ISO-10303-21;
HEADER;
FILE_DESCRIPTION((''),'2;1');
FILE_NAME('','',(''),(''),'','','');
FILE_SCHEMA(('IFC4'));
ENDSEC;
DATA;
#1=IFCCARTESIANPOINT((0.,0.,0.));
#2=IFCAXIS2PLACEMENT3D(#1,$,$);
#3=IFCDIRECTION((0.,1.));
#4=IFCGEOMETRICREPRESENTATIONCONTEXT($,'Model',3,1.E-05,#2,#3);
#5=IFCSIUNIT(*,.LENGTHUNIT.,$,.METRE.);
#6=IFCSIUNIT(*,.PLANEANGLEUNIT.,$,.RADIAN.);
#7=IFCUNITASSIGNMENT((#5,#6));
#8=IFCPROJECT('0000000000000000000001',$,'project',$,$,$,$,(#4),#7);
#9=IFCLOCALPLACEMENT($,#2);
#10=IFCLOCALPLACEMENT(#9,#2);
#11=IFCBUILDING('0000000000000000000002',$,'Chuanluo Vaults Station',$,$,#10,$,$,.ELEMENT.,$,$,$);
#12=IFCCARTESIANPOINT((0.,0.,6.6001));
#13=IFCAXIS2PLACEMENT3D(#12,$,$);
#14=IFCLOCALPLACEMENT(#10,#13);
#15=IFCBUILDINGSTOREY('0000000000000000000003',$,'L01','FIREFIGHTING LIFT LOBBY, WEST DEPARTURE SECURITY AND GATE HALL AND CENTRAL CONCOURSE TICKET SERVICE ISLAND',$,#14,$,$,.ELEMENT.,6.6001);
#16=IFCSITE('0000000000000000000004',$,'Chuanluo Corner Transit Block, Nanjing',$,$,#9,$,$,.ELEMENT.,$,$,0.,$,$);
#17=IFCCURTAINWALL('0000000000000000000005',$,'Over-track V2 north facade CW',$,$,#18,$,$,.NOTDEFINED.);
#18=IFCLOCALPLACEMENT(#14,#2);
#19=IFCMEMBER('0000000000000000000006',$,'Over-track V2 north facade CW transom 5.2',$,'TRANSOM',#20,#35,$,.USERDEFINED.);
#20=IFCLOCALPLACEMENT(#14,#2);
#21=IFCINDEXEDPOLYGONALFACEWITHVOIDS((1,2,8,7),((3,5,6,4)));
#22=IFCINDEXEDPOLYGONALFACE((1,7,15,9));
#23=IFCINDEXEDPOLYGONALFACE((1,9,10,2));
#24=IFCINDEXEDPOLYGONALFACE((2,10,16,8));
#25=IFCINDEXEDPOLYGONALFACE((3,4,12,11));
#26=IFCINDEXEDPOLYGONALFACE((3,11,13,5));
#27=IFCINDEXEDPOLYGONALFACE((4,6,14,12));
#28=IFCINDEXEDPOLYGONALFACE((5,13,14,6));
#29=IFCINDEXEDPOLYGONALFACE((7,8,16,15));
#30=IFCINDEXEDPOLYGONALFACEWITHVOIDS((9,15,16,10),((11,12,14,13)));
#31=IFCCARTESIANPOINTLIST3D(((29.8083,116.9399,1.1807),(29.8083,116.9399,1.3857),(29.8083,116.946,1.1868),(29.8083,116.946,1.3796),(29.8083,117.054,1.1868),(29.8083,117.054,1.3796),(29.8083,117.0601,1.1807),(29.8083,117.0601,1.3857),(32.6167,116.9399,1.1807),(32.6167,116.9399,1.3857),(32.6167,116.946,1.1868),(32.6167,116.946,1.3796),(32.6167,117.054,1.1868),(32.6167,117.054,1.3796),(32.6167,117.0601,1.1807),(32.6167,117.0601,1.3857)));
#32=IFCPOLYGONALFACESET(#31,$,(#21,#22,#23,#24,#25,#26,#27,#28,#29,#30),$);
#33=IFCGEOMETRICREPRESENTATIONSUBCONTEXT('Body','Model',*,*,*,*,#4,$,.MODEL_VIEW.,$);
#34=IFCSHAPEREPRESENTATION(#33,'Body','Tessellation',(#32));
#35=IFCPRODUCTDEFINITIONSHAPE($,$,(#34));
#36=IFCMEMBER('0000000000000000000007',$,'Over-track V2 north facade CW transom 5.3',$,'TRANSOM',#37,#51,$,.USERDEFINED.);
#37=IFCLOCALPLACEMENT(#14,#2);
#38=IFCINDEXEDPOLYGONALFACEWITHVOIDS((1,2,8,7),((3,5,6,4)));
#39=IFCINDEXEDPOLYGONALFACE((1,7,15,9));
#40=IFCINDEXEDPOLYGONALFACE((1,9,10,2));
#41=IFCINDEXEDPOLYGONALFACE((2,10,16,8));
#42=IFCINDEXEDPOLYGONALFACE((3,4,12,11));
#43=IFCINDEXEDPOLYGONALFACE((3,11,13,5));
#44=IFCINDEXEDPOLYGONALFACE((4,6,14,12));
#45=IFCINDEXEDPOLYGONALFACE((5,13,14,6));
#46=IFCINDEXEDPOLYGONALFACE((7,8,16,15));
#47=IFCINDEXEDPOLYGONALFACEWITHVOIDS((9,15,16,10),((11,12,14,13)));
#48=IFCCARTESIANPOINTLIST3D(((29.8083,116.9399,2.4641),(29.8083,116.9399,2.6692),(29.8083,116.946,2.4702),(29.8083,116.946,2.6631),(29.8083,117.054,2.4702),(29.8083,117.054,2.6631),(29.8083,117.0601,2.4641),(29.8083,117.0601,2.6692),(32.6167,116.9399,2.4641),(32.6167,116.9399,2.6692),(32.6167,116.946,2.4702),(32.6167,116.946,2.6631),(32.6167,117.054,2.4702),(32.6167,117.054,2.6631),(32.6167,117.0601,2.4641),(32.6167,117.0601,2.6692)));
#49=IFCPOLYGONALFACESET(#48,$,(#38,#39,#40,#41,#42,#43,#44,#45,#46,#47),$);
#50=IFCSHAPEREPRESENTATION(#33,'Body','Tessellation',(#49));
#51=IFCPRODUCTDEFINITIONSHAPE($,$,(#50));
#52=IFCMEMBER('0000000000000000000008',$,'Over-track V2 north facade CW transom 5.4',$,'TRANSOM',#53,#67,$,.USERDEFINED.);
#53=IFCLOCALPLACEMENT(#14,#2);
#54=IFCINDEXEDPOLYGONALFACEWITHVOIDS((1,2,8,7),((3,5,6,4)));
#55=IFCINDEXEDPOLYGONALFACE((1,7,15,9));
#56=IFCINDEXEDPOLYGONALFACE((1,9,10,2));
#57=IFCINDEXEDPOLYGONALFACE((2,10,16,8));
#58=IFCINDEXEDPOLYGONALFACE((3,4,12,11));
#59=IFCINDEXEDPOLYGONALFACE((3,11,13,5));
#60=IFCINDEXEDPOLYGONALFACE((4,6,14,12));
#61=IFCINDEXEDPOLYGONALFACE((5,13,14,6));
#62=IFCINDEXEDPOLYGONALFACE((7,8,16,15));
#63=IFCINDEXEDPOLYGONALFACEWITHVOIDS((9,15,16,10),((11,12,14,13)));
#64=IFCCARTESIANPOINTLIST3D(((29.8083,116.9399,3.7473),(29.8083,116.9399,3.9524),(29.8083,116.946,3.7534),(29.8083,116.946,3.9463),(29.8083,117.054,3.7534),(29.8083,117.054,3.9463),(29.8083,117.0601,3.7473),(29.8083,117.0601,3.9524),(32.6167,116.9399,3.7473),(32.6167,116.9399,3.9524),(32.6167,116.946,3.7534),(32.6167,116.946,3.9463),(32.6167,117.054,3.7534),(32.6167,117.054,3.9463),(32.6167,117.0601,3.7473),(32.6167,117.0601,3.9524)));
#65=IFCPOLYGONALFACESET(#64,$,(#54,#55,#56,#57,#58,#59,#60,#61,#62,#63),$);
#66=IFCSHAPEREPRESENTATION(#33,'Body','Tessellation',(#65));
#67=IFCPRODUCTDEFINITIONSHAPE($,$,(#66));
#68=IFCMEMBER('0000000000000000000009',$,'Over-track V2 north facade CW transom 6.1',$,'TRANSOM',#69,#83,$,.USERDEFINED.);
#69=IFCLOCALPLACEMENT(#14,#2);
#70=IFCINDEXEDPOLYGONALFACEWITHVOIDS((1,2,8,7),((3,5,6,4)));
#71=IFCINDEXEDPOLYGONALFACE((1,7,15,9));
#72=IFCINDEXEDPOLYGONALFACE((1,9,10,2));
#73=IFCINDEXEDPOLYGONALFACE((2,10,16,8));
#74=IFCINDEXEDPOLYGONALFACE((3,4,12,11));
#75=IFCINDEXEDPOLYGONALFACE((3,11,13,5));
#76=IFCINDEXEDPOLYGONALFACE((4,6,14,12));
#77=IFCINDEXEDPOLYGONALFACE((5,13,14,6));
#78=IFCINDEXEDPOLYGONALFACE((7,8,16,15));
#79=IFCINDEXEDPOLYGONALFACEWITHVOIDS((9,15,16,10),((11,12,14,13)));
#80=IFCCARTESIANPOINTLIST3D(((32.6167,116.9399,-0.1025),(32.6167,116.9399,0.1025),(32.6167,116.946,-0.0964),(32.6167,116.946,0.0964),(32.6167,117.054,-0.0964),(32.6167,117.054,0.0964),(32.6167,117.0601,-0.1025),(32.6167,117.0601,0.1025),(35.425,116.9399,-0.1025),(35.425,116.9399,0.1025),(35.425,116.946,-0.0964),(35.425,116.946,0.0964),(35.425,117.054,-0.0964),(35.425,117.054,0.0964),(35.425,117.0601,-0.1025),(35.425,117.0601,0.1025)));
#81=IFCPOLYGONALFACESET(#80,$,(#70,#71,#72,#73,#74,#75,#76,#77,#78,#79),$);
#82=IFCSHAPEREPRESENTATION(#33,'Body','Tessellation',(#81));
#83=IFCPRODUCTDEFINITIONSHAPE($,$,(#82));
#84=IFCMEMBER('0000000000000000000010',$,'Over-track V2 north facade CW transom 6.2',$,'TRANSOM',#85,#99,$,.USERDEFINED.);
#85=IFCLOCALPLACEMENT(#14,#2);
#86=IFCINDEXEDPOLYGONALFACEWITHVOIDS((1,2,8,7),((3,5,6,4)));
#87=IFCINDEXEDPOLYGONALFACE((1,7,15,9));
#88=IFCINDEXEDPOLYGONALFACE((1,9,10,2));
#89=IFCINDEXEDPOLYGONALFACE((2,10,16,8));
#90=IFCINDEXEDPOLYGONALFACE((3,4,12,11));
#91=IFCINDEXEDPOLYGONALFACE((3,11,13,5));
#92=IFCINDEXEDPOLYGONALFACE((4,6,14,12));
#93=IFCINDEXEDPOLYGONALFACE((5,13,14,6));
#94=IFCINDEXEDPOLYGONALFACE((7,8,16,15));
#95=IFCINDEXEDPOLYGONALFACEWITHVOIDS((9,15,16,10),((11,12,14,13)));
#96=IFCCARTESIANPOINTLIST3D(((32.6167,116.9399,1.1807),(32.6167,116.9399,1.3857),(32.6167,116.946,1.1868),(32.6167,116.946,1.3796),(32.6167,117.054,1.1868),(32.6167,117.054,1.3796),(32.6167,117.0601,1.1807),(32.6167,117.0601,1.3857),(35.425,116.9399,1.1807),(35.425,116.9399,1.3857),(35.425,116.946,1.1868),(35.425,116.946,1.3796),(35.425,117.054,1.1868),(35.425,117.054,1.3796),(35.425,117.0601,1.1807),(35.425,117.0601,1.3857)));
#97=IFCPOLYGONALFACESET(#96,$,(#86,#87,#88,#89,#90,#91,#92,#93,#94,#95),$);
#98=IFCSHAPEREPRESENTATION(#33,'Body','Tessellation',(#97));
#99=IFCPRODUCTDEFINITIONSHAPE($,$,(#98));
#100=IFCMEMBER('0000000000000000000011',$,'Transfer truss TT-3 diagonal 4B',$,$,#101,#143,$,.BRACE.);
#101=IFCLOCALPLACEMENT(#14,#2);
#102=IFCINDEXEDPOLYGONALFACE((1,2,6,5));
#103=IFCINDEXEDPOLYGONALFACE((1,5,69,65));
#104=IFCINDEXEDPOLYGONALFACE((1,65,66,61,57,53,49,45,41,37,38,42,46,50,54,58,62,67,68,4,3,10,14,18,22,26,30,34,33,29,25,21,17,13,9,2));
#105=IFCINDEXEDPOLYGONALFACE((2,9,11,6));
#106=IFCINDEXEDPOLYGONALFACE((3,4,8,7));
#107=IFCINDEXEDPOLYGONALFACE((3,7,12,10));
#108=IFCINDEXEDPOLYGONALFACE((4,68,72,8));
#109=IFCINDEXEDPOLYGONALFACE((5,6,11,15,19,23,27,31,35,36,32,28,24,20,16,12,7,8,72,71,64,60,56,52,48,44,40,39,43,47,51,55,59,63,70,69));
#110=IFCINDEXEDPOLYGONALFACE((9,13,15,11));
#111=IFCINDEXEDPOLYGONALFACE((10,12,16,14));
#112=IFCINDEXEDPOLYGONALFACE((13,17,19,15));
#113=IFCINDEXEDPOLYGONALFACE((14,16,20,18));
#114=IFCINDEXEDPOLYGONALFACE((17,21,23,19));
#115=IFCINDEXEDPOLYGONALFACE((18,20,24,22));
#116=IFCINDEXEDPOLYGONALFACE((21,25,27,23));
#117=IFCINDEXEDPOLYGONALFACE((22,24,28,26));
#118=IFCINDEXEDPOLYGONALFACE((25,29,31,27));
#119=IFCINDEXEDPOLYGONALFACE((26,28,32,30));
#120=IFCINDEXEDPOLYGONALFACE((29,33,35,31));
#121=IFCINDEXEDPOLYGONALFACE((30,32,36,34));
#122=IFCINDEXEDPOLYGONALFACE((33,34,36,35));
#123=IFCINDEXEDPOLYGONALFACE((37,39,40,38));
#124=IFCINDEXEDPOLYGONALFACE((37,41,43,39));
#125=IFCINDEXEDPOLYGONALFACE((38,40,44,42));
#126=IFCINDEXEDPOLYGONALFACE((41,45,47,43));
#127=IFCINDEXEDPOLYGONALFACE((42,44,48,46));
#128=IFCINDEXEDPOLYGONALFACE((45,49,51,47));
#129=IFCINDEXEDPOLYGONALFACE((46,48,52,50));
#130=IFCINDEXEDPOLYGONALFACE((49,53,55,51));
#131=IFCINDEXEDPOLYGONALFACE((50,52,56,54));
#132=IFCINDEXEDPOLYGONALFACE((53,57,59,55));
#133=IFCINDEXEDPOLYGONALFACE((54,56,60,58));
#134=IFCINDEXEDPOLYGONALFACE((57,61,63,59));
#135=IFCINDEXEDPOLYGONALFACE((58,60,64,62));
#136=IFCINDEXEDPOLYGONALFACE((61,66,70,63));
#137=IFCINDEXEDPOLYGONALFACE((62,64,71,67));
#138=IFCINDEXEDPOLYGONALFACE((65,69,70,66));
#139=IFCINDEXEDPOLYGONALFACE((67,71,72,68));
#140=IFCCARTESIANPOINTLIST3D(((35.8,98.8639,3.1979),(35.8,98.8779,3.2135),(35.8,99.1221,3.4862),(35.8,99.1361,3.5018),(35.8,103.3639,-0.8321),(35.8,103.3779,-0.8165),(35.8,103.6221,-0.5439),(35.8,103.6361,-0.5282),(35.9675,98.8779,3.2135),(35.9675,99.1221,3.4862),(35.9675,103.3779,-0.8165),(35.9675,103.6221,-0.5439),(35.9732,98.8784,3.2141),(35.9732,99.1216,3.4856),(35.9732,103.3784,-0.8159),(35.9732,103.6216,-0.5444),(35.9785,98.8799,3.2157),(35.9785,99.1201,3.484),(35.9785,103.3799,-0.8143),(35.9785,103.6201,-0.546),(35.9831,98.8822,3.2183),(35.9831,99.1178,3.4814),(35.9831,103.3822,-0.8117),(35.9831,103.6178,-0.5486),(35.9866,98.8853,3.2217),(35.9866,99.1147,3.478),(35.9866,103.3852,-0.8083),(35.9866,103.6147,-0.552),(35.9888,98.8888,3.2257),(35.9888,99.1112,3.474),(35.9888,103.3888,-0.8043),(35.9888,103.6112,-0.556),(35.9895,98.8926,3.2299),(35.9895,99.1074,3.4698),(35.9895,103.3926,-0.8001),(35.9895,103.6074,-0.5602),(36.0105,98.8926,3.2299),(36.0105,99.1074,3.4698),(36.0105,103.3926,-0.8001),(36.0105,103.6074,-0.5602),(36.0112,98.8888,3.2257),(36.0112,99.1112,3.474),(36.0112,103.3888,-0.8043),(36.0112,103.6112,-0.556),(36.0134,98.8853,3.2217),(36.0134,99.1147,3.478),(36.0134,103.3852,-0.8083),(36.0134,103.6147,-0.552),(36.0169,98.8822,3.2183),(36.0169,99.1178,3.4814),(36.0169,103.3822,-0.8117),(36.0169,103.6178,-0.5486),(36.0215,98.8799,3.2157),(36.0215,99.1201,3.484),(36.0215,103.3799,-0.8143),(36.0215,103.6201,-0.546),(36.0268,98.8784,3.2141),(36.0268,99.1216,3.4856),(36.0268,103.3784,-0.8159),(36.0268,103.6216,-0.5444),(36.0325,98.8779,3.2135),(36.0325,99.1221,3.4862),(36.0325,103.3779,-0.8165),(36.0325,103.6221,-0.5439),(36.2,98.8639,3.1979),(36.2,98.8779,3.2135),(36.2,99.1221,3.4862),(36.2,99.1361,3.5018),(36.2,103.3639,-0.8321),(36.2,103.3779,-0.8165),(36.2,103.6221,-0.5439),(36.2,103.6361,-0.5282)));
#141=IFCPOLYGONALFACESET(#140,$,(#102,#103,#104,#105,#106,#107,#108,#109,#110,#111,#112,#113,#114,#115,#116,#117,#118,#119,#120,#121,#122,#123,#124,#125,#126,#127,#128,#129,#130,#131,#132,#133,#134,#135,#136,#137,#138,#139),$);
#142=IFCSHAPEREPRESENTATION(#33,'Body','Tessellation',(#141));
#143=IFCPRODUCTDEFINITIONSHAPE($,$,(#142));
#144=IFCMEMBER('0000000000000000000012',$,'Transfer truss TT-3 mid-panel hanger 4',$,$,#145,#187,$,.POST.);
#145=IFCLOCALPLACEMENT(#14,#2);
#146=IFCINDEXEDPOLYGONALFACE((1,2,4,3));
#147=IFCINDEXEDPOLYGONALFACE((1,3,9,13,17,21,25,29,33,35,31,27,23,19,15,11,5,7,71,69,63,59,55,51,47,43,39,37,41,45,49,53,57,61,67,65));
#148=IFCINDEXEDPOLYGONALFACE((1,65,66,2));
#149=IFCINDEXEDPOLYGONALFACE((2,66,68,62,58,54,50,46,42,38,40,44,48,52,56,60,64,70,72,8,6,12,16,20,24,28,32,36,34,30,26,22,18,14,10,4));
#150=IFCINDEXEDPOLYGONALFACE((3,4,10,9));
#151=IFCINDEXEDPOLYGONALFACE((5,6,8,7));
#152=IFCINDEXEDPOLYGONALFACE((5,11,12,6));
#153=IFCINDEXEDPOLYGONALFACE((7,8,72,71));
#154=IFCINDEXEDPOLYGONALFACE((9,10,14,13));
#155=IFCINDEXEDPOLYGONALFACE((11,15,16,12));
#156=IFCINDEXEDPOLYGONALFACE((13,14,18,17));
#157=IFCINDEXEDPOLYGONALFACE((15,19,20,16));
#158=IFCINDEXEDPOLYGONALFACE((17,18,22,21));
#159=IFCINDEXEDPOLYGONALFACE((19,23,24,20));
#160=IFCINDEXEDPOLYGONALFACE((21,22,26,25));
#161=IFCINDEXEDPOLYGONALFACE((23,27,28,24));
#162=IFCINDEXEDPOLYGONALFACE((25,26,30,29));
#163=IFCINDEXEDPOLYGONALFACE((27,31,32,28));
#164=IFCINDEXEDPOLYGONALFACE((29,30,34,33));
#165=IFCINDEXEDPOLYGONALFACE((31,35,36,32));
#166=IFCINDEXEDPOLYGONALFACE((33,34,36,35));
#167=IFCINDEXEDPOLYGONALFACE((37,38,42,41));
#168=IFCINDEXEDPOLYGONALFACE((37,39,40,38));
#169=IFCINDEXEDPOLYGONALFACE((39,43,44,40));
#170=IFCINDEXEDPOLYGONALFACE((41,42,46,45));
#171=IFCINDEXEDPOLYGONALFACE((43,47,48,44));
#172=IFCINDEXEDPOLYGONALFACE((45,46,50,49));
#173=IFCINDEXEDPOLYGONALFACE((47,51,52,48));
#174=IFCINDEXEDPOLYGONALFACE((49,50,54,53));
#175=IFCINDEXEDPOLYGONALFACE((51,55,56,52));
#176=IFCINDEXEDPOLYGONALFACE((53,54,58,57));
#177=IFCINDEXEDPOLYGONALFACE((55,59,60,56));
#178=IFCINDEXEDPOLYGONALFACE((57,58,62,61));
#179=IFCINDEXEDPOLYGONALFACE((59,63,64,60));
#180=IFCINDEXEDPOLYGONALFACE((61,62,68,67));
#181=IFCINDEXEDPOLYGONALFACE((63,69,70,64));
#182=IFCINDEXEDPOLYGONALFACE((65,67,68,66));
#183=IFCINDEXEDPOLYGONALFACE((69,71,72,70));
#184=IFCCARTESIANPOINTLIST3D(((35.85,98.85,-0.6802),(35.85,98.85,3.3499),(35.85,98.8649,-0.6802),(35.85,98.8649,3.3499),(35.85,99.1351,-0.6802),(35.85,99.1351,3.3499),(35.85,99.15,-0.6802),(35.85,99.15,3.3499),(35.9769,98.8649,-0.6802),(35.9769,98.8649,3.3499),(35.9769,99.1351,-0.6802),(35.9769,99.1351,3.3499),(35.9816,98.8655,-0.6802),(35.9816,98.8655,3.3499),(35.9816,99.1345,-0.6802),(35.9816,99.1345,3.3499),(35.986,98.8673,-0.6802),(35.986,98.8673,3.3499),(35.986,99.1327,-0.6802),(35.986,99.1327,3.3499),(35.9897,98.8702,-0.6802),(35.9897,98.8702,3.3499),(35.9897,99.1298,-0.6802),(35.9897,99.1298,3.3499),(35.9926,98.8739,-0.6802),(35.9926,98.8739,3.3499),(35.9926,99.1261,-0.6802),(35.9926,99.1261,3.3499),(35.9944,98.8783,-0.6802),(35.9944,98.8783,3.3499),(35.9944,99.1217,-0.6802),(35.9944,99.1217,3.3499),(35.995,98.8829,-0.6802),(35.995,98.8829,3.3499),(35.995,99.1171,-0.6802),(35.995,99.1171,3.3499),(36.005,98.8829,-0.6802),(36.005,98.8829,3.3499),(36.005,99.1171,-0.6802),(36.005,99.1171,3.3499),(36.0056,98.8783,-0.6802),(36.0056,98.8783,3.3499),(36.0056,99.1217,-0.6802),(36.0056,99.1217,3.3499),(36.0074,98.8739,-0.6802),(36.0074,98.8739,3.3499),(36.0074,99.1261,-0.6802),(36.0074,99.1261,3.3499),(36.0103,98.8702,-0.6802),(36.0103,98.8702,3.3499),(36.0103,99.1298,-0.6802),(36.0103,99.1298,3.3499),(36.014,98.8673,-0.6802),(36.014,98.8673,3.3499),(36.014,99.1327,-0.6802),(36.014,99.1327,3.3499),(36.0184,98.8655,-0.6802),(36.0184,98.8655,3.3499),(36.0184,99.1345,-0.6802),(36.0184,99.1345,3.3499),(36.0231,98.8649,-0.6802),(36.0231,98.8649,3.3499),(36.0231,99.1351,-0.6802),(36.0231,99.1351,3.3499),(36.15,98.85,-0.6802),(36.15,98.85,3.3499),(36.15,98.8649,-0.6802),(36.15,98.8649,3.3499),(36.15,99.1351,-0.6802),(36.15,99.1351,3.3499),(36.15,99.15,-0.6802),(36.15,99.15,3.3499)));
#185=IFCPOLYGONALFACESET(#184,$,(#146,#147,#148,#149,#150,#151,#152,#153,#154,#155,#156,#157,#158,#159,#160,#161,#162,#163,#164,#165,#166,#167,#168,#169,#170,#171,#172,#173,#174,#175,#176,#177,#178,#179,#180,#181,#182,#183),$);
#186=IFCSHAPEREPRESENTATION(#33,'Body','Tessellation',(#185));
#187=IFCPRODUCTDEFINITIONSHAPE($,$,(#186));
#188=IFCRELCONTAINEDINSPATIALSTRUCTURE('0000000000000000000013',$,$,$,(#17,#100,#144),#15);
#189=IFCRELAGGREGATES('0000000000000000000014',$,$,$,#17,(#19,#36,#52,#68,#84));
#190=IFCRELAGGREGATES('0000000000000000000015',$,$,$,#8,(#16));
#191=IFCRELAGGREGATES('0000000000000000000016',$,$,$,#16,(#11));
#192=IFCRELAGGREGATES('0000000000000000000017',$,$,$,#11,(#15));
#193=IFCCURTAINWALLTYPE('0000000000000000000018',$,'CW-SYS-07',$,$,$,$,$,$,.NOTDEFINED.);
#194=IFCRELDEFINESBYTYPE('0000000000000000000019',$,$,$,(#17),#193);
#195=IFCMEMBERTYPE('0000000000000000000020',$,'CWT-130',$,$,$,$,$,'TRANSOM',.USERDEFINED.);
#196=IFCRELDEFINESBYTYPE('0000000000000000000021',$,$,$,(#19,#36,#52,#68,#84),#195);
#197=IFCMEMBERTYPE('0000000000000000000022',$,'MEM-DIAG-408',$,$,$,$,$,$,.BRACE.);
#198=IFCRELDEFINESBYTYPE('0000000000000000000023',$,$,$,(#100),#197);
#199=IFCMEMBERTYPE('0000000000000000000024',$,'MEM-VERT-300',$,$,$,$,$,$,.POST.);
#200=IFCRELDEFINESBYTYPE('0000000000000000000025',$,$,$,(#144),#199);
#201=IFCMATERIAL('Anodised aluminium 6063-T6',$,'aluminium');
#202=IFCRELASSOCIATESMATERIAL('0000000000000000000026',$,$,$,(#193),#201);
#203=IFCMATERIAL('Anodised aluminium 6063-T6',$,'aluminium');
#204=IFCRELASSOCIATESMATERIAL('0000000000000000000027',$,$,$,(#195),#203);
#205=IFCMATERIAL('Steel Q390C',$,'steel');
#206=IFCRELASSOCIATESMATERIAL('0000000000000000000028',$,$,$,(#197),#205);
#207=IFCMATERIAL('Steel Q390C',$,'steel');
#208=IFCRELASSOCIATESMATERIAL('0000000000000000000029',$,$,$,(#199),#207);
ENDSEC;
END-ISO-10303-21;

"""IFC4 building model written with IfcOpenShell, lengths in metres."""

from ifc_helpers import new_model, si_unit, direction, frame, origin, origin_2d, place, context, subcontext, project, spatial, hollow_rectangle, i_section, extrude, material, material_profile, profile_set, type_object, element, aggregate, save


model = new_model("IFC4")

# Units and contexts
model_context = context("Model", 3, precision=1e-05, world=origin(), true_north=direction((0.0, 1.0)))
body_context = subcontext(model_context, "Body", "Model", "MODEL_VIEW")
ifc_project = project(units=[si_unit("LENGTHUNIT", "METRE"), si_unit("PLANEANGLEUNIT", "RADIAN")], contexts=[model_context])

# Site, building, storey
site_placement = place(None, origin())
site = spatial("IfcSite", under=ifc_project, at=site_placement, Name="Chuanluo Corner Transit Block, Nanjing", CompositionType="ELEMENT", RefElevation=0.0)
building_placement = place(site_placement, origin())
building = spatial("IfcBuilding", under=site, at=building_placement, Name="Chuanluo Vaults Station", CompositionType="ELEMENT")
storey_placement = place(building_placement, frame((0.0, 0.0, 6.6001)))
storey = spatial("IfcBuildingStorey", under=building, at=storey_placement, Name="L01", Description="FIREFIGHTING LIFT LOBBY, WEST DEPARTURE SECURITY AND GATE HALL AND CENTRAL CONCOURSE TICKET SERVICE ISLAND", CompositionType="ELEMENT", Elevation=6.6001)

# Curtain wall, members
ifc_material_1 = material(Name="Anodised aluminium 6063-T6", Category="aluminium")
curtain_wall_type = type_object("IfcCurtainWallType", Name="CW-SYS-07", PredefinedType="NOTDEFINED", material=ifc_material_1)
curtain_wall_placement = place(storey_placement, origin())
curtain_wall = element("IfcCurtainWall", 1, at=curtain_wall_placement, inside=storey, type_object=curtain_wall_type, Name="Over-track V2 north facade CW", PredefinedType="NOTDEFINED")
ifc_material_2 = material(Name="Anodised aluminium 6063-T6", Category="aluminium")
ifc_material_profile_1 = material_profile(ifc_material_2, hollow_rectangle(XDim=0.1201, YDim=0.2051, WallThickness=0.0061, at=origin_2d()))
ifc_profile_set_1 = profile_set([ifc_material_profile_1], Name="Anodised aluminium 6063-T6")
member_type_1 = type_object("IfcMemberType", Name="CWT-130", ElementType="TRANSOM", PredefinedType="USERDEFINED", material=ifc_profile_set_1)
member_1_placement = place(storey_placement, frame((29.8083, 117.0, 1.2832), z_axis=(1.0, 0.0, 0.0), x_axis=(0.0, 1.0, 0.0)))
member_1 = element("IfcMember", 2, at=member_1_placement, type_object=member_type_1, Name="Over-track V2 north facade CW transom 5.2", ObjectType="TRANSOM", PredefinedType="USERDEFINED", context=body_context, shape_type="SweptSolid", body=[
    extrude(hollow_rectangle(XDim=0.1201, YDim=0.2051, WallThickness=0.0061, at=origin_2d()), origin(), (0.0, 0.0, 1.0), 2.8083),
])
member_2_placement = place(storey_placement, frame((29.8083, 117.0, 2.5667), z_axis=(1.0, 0.0, 0.0), x_axis=(0.0, 1.0, 0.0)))
member_2 = element("IfcMember", 3, at=member_2_placement, type_object=member_type_1, Name="Over-track V2 north facade CW transom 5.3", ObjectType="TRANSOM", PredefinedType="USERDEFINED", context=body_context, shape_type="SweptSolid", body=[
    extrude(hollow_rectangle(XDim=0.1201, YDim=0.2051, WallThickness=0.0061, at=origin_2d()), origin(), (0.0, 0.0, 1.0), 2.8083),
])
member_3_placement = place(storey_placement, frame((29.8083, 117.0, 3.8499), z_axis=(1.0, 0.0, 0.0), x_axis=(0.0, 1.0, 0.0)))
member_3 = element("IfcMember", 4, at=member_3_placement, type_object=member_type_1, Name="Over-track V2 north facade CW transom 5.4", ObjectType="TRANSOM", PredefinedType="USERDEFINED", context=body_context, shape_type="SweptSolid", body=[
    extrude(hollow_rectangle(XDim=0.1201, YDim=0.2051, WallThickness=0.0061, at=origin_2d()), origin(), (0.0, 0.0, 1.0), 2.8083),
])
member_4_placement = place(storey_placement, frame((32.6167, 117.0, 0.0), z_axis=(1.0, 0.0, 0.0), x_axis=(0.0, 1.0, 0.0)))
member_4 = element("IfcMember", 5, at=member_4_placement, type_object=member_type_1, Name="Over-track V2 north facade CW transom 6.1", ObjectType="TRANSOM", PredefinedType="USERDEFINED", context=body_context, shape_type="SweptSolid", body=[
    extrude(hollow_rectangle(XDim=0.1201, YDim=0.2051, WallThickness=0.0061, at=origin_2d()), origin(), (0.0, 0.0, 1.0), 2.8083),
])
member_5_placement = place(storey_placement, frame((32.6167, 117.0, 1.2832), z_axis=(1.0, 0.0, 0.0), x_axis=(0.0, 1.0, 0.0)))
member_5 = element("IfcMember", 6, at=member_5_placement, type_object=member_type_1, Name="Over-track V2 north facade CW transom 6.2", ObjectType="TRANSOM", PredefinedType="USERDEFINED", context=body_context, shape_type="SweptSolid", body=[
    extrude(hollow_rectangle(XDim=0.1201, YDim=0.2051, WallThickness=0.0061, at=origin_2d()), origin(), (0.0, 0.0, 1.0), 2.8083),
])

# Members
ifc_material_3 = material(Name="Steel Q390C", Category="steel")
ifc_material_profile_2 = material_profile(ifc_material_3, i_section(OverallWidth=0.3999, OverallDepth=0.408, WebThickness=0.021, FlangeThickness=0.021, FilletRadius=0.022, at=origin_2d()))
ifc_profile_set_2 = profile_set([ifc_material_profile_2], Name="Steel Q390C")
member_type_2 = type_object("IfcMemberType", Name="MEM-DIAG-408", PredefinedType="BRACE", material=ifc_profile_set_2)
member_6_placement = place(storey_placement, frame((36.0, 99.0, 3.3499), z_axis=(0.0, 0.744936, -0.667136), x_axis=(-1.0, 0.0, 0.0)))
element("IfcMember", 7, at=member_6_placement, inside=storey, type_object=member_type_2, Name="Transfer truss TT-3 diagonal 4B", PredefinedType="BRACE", context=body_context, shape_type="SweptSolid", body=[
    extrude(i_section(OverallWidth=0.3999, OverallDepth=0.408, WebThickness=0.021, FlangeThickness=0.021, FilletRadius=0.022, at=origin_2d()), origin(), (0.0, 0.0, 1.0), 6.0408),
])
ifc_material_4 = material(Name="Steel Q390C", Category="steel")
ifc_material_profile_3 = material_profile(ifc_material_4, i_section(OverallWidth=0.3, OverallDepth=0.3, WebThickness=0.01, FlangeThickness=0.0149, FilletRadius=0.0181, at=origin_2d()))
ifc_profile_set_3 = profile_set([ifc_material_profile_3], Name="Steel Q390C")
member_type_3 = type_object("IfcMemberType", Name="MEM-VERT-300", PredefinedType="POST", material=ifc_profile_set_3)
member_7_placement = place(storey_placement, frame((36.0, 99.0, -0.6802), z_axis=(0.0, 0.0, 1.0), x_axis=(1.0, 0.0, 0.0)))
element("IfcMember", 8, at=member_7_placement, inside=storey, type_object=member_type_3, Name="Transfer truss TT-3 mid-panel hanger 4", PredefinedType="POST", context=body_context, shape_type="SweptSolid", body=[
    extrude(i_section(OverallWidth=0.3, OverallDepth=0.3, WebThickness=0.01, FlangeThickness=0.0149, FilletRadius=0.0181, at=origin_2d()), origin(), (0.0, 0.0, 1.0), 4.03),
])

aggregate(curtain_wall, [member_1, member_2, member_3, member_4, member_5])

save(model, "model.ifc")
